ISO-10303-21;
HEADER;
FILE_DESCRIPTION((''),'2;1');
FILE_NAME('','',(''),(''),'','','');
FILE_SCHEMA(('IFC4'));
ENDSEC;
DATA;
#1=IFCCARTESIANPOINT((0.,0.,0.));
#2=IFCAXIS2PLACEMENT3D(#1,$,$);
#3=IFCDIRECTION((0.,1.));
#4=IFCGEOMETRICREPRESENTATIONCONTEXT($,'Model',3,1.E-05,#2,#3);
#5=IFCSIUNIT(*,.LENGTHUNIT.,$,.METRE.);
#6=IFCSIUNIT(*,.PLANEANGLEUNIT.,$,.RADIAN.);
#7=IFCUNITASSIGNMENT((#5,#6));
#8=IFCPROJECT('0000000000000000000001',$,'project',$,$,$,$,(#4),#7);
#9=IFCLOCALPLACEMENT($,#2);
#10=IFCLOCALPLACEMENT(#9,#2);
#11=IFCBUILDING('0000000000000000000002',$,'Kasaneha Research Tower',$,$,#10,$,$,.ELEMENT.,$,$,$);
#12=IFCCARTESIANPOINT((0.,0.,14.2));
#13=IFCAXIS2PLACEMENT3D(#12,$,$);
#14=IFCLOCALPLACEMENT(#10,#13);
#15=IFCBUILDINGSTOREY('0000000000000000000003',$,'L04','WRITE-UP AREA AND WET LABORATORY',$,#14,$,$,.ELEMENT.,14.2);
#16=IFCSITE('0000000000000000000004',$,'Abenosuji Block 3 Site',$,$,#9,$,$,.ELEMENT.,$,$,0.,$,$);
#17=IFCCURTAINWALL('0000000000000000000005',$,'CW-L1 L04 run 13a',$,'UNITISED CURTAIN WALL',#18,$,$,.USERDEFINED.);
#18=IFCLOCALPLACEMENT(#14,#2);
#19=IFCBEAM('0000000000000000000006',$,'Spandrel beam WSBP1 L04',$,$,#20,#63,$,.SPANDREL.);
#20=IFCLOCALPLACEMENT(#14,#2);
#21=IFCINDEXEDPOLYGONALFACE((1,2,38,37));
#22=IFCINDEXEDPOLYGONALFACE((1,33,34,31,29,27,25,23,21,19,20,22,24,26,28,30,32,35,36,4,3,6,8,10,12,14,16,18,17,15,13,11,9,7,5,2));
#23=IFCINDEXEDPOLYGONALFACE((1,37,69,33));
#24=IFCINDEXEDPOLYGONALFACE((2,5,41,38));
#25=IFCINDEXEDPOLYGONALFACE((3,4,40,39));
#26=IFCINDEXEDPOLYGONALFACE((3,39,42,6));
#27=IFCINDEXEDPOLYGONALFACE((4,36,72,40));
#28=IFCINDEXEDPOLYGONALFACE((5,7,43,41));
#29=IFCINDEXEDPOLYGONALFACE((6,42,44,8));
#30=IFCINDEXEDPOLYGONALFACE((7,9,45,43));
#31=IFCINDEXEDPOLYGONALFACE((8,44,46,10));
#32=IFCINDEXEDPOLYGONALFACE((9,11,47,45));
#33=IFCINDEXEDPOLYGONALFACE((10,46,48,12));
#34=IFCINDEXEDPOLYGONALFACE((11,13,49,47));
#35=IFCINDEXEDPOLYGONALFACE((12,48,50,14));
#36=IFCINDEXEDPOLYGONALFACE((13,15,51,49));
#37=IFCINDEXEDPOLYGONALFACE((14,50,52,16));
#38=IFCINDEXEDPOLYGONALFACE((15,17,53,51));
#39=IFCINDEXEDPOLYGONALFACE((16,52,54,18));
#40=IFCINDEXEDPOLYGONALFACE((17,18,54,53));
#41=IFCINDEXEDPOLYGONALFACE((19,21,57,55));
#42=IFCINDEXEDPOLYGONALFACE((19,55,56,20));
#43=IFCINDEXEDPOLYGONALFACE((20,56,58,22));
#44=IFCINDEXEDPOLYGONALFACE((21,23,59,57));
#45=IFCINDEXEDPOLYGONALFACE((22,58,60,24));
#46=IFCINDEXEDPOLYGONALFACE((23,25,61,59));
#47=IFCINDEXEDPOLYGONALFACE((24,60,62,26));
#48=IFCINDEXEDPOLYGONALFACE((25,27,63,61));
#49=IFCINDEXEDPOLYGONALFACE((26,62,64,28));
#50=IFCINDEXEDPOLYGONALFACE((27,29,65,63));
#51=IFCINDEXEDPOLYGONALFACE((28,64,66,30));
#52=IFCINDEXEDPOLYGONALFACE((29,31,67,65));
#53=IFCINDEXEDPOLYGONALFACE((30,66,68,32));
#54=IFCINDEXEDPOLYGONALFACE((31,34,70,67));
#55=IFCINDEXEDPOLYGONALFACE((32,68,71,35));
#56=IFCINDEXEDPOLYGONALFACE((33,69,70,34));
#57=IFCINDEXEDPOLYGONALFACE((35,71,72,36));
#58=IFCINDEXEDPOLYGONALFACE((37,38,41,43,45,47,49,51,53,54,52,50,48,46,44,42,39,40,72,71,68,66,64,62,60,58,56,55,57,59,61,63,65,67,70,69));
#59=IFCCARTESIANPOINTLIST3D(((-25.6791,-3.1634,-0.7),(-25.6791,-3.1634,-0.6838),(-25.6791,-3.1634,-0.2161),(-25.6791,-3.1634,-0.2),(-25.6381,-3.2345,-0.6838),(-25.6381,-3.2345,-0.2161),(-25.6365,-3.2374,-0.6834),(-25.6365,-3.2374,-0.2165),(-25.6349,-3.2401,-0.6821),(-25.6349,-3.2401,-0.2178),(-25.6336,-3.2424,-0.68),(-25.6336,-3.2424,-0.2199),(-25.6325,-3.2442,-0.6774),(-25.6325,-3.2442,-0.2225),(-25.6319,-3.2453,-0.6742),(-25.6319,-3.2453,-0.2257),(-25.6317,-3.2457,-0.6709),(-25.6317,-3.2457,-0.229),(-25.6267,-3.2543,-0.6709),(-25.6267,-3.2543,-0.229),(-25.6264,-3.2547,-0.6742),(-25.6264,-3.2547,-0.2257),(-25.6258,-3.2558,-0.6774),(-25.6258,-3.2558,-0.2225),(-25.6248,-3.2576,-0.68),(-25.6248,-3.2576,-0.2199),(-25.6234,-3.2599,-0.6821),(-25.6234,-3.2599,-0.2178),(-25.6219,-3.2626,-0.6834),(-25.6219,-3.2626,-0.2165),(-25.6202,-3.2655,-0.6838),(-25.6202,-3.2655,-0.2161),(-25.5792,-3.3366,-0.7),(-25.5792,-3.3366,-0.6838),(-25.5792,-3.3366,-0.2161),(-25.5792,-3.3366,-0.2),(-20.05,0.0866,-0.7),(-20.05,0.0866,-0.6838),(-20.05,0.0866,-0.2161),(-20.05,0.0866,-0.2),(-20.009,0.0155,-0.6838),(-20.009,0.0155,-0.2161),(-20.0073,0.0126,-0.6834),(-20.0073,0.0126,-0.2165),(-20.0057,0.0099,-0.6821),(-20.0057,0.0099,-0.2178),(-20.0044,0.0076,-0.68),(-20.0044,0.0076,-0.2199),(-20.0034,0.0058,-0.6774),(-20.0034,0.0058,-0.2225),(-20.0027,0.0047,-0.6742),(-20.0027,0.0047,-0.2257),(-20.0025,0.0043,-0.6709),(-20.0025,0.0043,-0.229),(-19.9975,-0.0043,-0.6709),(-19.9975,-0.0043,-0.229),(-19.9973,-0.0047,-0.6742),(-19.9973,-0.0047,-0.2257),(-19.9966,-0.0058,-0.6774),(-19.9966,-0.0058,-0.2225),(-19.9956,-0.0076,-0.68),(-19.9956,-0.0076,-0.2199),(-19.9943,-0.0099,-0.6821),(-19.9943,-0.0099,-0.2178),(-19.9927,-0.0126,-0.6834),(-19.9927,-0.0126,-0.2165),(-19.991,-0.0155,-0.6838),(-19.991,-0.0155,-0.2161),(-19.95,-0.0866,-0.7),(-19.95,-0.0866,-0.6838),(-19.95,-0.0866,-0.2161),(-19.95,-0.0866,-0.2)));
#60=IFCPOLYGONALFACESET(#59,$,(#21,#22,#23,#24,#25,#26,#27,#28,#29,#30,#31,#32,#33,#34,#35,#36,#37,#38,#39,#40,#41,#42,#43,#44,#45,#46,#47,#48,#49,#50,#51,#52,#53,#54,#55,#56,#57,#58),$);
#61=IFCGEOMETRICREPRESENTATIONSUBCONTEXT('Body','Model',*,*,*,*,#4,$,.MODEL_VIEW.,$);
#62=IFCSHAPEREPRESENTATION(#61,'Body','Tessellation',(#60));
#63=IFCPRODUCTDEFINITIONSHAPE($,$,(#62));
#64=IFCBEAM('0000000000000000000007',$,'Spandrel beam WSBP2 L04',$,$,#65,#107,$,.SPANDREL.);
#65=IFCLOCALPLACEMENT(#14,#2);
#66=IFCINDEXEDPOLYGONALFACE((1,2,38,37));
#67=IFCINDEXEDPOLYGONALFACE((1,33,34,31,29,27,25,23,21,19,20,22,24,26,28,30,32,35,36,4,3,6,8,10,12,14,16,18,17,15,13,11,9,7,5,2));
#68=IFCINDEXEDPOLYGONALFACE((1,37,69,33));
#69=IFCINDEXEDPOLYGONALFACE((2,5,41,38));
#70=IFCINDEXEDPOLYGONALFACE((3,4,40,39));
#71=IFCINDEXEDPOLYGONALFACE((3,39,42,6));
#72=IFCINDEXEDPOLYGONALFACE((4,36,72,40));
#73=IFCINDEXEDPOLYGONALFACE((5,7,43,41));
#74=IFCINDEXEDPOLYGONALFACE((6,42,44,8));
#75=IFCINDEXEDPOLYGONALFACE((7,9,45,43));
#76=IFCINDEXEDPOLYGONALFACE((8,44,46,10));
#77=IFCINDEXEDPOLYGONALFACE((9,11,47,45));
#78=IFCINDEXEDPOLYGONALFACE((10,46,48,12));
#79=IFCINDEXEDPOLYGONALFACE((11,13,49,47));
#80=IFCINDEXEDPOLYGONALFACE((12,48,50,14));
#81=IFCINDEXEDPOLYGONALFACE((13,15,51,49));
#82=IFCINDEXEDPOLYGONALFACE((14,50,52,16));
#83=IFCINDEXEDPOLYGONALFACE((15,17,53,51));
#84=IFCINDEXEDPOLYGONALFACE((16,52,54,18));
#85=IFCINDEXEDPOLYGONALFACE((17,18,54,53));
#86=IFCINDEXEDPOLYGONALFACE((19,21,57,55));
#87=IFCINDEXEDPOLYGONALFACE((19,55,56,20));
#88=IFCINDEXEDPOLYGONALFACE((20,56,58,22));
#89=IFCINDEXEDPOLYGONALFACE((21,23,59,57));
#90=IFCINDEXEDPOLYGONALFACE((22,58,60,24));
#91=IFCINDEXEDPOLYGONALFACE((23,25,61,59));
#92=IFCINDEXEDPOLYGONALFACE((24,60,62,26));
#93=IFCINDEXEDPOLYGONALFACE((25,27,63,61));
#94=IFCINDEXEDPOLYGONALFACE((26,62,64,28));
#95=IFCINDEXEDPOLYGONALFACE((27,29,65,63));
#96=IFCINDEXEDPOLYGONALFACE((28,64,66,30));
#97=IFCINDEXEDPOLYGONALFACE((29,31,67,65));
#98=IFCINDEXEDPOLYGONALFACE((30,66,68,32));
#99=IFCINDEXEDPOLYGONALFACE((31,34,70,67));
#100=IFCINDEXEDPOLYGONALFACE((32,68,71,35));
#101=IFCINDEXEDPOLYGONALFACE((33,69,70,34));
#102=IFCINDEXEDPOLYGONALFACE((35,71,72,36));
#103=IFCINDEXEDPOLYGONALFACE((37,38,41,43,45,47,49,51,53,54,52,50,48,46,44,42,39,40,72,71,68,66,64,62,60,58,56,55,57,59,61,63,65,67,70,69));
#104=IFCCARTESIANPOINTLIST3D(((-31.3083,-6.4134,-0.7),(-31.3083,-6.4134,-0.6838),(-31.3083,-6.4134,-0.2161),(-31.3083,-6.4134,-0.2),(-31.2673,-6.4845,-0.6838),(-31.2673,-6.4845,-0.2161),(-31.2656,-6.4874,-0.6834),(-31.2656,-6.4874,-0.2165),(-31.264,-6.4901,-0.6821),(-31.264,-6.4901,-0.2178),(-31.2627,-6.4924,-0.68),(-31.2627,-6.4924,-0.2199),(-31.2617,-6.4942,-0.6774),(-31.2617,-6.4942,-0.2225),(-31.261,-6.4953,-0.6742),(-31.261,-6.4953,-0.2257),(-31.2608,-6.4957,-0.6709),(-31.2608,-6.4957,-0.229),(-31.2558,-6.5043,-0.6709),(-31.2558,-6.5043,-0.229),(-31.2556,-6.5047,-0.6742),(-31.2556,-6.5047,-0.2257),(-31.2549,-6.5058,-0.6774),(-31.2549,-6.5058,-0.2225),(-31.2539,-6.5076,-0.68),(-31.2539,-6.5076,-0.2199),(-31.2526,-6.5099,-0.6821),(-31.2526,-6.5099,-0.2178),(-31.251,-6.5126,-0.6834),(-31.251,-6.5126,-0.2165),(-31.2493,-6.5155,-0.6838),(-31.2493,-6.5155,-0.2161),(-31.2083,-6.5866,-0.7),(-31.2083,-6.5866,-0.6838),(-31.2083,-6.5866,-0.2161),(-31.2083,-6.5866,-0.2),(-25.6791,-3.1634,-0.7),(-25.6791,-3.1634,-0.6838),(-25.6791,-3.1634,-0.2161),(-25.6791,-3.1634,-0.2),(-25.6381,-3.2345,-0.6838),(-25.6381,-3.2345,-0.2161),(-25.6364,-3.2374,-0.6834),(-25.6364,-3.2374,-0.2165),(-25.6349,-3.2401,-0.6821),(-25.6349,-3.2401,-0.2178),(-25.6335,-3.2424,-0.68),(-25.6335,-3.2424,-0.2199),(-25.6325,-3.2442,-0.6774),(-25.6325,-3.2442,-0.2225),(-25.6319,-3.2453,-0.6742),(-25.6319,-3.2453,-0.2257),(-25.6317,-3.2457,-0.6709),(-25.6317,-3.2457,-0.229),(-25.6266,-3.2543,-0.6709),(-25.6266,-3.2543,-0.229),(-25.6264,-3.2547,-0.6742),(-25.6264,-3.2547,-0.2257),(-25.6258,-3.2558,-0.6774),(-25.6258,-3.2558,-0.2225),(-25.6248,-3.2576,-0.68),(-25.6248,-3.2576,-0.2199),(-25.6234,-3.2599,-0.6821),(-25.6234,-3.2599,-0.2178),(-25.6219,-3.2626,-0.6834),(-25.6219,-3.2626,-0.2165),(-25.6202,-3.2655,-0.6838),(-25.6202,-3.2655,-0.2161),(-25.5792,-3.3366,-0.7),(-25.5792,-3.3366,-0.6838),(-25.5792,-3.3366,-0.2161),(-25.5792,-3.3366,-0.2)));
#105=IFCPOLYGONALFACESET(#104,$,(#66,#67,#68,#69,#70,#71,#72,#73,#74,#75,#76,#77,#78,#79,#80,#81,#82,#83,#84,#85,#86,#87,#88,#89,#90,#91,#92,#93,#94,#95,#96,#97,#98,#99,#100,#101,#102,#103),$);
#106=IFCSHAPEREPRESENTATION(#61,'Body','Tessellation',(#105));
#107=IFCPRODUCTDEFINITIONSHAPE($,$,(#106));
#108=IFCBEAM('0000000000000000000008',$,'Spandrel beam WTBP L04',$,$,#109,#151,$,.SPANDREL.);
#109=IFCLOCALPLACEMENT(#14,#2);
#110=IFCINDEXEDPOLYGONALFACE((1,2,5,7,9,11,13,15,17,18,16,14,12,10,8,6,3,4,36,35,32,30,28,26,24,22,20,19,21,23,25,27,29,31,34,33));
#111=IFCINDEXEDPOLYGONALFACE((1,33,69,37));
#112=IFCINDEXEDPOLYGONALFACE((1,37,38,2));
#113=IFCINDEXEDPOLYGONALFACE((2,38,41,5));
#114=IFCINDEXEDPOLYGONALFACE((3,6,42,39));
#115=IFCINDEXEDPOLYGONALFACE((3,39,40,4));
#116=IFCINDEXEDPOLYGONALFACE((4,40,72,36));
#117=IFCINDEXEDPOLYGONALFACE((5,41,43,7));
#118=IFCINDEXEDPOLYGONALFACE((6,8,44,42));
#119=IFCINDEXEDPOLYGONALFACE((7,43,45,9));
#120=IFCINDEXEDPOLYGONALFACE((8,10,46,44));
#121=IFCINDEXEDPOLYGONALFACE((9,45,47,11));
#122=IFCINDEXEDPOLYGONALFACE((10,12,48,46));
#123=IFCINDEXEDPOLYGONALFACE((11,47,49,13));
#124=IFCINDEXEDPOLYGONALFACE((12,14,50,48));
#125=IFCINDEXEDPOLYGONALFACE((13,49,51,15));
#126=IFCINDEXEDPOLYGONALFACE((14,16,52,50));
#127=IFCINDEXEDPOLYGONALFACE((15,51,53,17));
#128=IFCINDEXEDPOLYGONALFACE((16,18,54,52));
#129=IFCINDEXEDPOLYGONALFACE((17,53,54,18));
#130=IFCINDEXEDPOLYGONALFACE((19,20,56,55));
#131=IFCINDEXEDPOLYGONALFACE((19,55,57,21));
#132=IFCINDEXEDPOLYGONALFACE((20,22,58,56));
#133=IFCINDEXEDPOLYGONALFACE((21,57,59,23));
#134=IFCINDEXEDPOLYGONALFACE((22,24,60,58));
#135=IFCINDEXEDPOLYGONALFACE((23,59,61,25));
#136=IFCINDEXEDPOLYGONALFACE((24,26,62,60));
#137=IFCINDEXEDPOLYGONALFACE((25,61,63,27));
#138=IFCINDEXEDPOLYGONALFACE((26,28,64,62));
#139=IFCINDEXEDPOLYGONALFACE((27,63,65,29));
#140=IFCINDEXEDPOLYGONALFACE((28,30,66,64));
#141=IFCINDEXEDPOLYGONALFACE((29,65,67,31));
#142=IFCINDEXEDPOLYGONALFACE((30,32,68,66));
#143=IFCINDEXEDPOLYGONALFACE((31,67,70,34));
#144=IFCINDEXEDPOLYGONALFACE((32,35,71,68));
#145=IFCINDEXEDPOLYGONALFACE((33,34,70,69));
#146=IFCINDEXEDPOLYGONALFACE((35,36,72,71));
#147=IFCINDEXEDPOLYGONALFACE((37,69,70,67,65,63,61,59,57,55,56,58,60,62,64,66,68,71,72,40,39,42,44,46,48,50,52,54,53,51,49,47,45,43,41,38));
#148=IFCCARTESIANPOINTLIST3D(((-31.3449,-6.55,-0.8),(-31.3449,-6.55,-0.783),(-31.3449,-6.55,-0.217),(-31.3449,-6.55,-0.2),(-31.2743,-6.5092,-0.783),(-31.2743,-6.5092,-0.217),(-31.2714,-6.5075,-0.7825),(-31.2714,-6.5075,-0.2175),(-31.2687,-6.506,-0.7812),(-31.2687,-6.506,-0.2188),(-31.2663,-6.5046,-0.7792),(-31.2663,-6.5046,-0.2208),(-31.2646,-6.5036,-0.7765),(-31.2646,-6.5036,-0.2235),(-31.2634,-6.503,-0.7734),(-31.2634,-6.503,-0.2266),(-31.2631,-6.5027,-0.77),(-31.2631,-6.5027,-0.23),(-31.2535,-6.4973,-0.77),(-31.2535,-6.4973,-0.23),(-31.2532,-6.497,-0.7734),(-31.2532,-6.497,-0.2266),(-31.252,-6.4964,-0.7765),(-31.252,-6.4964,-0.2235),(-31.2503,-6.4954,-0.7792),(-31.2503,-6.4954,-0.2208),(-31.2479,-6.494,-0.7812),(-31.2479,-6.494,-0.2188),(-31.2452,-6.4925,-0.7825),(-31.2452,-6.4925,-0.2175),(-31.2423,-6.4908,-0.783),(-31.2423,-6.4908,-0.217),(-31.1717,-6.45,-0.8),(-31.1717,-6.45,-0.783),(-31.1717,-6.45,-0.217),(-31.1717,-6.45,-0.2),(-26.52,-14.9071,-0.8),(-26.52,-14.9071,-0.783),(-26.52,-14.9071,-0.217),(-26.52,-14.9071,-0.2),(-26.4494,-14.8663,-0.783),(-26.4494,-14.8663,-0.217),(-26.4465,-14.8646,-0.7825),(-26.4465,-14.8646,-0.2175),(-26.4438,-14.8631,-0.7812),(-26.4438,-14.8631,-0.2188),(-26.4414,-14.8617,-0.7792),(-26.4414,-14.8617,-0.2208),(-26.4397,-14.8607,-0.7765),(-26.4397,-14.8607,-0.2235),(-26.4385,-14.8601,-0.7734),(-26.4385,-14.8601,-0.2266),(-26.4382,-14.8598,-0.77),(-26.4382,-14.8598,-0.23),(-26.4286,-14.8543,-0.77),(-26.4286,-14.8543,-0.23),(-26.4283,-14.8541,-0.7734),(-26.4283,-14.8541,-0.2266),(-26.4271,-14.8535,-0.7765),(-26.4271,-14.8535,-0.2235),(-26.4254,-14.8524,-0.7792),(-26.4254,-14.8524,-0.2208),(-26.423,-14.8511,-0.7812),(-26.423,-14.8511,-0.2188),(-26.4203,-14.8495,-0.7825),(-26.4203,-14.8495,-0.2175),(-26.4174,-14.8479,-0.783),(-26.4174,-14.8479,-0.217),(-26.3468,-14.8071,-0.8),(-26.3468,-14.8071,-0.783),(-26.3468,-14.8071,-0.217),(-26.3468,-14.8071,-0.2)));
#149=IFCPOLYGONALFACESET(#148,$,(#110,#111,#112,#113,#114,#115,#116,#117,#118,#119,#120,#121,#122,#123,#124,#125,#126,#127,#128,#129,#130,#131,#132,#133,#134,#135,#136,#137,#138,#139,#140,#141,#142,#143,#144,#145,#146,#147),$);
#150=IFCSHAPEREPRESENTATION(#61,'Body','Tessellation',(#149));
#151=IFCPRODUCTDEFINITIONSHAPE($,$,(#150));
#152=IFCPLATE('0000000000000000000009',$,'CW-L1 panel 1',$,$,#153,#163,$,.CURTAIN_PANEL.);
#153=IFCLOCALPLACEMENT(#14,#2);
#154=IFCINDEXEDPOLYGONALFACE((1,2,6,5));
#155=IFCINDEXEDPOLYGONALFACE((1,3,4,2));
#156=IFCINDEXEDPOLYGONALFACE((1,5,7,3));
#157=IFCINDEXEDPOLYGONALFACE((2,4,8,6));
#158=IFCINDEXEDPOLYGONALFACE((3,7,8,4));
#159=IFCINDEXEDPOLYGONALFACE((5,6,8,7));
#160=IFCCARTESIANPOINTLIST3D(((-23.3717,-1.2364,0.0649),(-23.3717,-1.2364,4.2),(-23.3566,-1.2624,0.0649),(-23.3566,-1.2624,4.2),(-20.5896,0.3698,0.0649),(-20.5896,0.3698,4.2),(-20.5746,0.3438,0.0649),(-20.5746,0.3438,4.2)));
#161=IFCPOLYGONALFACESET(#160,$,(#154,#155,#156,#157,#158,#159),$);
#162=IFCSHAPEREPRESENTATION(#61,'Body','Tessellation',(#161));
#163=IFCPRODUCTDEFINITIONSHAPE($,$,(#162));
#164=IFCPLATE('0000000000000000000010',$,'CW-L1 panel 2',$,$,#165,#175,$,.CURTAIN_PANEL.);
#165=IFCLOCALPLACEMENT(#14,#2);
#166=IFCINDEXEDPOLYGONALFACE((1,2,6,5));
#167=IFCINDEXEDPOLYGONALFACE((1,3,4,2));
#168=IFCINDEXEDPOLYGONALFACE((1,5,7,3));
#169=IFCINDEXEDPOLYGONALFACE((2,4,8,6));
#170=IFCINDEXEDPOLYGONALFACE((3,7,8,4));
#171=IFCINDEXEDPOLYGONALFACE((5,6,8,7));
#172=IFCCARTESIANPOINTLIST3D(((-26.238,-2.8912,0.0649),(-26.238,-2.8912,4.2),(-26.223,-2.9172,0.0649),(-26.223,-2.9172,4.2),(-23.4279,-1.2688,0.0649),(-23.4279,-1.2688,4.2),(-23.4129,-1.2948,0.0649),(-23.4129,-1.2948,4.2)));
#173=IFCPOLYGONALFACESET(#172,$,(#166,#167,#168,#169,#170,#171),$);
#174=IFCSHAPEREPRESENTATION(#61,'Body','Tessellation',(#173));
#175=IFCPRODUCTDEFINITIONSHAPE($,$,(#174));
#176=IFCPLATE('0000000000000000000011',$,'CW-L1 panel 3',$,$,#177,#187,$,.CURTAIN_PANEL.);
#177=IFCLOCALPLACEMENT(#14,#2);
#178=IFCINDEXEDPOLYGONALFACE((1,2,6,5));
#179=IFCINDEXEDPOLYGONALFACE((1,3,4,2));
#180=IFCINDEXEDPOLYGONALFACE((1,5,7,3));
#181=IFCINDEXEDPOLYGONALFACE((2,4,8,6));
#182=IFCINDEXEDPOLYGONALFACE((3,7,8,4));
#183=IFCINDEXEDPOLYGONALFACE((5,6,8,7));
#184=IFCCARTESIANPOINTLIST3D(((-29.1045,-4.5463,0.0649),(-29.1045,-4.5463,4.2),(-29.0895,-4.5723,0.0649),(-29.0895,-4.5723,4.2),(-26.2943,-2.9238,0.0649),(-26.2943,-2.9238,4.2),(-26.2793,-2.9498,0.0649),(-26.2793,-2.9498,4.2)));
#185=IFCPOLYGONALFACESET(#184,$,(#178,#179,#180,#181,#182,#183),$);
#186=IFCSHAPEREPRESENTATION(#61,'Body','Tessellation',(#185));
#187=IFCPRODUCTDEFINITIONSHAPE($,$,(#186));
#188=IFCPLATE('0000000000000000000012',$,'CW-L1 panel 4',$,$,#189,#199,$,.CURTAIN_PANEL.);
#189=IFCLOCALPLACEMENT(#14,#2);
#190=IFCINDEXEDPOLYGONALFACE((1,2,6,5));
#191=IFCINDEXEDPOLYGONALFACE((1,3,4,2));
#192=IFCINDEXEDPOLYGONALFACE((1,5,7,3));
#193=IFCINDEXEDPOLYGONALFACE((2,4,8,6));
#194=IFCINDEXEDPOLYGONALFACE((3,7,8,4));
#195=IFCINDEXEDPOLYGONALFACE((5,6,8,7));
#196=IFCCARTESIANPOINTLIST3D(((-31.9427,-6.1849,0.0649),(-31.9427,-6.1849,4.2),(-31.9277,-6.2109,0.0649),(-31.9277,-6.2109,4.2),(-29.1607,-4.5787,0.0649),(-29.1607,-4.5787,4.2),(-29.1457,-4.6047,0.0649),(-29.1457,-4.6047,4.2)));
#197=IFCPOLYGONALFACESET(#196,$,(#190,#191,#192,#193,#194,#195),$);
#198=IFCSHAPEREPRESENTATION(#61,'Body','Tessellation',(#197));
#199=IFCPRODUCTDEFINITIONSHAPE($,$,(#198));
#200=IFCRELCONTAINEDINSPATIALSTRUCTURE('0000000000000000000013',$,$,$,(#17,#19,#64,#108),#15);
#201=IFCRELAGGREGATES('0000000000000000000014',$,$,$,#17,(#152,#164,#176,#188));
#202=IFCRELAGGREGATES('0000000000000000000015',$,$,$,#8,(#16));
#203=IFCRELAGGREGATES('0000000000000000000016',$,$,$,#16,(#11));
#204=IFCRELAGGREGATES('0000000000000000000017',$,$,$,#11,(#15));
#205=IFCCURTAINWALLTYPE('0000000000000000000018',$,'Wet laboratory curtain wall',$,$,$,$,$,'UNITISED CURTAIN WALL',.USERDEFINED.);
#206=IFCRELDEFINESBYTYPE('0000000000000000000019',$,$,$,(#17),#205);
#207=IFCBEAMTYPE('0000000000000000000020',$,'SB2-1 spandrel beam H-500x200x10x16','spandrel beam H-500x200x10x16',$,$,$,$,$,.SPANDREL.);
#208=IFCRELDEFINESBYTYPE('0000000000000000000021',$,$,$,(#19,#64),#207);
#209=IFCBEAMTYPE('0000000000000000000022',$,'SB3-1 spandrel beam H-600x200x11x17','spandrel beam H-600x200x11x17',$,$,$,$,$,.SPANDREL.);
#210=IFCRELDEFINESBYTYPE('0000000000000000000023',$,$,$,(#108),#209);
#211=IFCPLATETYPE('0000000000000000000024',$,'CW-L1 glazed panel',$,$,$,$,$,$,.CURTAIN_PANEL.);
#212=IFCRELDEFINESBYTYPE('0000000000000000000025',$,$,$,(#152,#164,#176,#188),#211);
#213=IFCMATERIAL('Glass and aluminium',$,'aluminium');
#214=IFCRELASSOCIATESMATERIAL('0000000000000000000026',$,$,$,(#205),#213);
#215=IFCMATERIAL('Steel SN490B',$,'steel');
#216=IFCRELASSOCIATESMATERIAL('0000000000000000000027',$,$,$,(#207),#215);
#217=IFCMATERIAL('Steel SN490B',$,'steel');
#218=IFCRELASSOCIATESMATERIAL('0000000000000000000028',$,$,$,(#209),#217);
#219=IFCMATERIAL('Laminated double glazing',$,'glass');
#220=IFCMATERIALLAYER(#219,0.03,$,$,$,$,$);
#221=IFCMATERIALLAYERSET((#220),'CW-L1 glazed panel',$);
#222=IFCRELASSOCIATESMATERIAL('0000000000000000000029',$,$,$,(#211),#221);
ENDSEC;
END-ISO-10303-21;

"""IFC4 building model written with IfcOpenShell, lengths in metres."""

from ifc_helpers import new_model, si_unit, direction, frame, origin, origin_2d, place, context, subcontext, project, spatial, rectangle, i_section, extrude, material, layer, layer_set, material_profile, profile_set, type_object, element, aggregate, save


model = new_model("IFC4")

# Units and contexts
model_context = context("Model", 3, precision=1e-05, world=origin(), true_north=direction((0.0, 1.0)))
body_context = subcontext(model_context, "Body", "Model", "MODEL_VIEW")
ifc_project = project(units=[si_unit("LENGTHUNIT", "METRE"), si_unit("PLANEANGLEUNIT", "RADIAN")], contexts=[model_context])

# Site, building, storey
site_placement = place(None, origin())
site = spatial("IfcSite", under=ifc_project, at=site_placement, Name="Abenosuji Block 3 Site", CompositionType="ELEMENT", RefElevation=0.0)
building_placement = place(site_placement, origin())
building = spatial("IfcBuilding", under=site, at=building_placement, Name="Kasaneha Research Tower", CompositionType="ELEMENT")
storey_placement = place(building_placement, frame((0.0, 0.0, 14.2)))
storey = spatial("IfcBuildingStorey", under=building, at=storey_placement, Name="L04", Description="WRITE-UP AREA AND WET LABORATORY", CompositionType="ELEMENT", Elevation=14.2)

# Curtain wall
ifc_material_1 = material(Name="Glass and aluminium", Category="aluminium")
curtain_wall_type = type_object("IfcCurtainWallType", Name="Wet laboratory curtain wall", ElementType="UNITISED CURTAIN WALL", PredefinedType="USERDEFINED", material=ifc_material_1)
curtain_wall_1_placement = place(storey_placement, origin())
curtain_wall_1 = element("IfcCurtainWall", 1, at=curtain_wall_1_placement, inside=storey, type_object=curtain_wall_type, Name="CW-L1 L04 run 13a", ObjectType="UNITISED CURTAIN WALL", PredefinedType="USERDEFINED")

# Beams
ifc_material_2 = material(Name="Steel SN490B", Category="steel")
ifc_material_profile_1 = material_profile(ifc_material_2, i_section(OverallWidth=0.2, OverallDepth=0.5, WebThickness=0.01, FlangeThickness=0.0161, FilletRadius=0.0129, at=origin_2d()), Name="H-500x200x10x16")
ifc_profile_set_1 = profile_set([ifc_material_profile_1], Name="Steel SN490B")
beam_type_1 = type_object("IfcBeamType", Name="SB2-1 spandrel beam H-500x200x10x16", Description="spandrel beam H-500x200x10x16", PredefinedType="SPANDREL", material=ifc_profile_set_1)
for number, where, z_axis, x_axis, name in (
    (2, (-20.0, 0.0, -0.45), (-0.866025, -0.500001, 0.0), (0.500001, -0.866025, 0.0), "Spandrel beam WSBP1 L04"),
    (3, (-25.6292, -3.25, -0.45), (-0.866025, -0.500001, 0.0), (0.500001, -0.866025, 0.0), "Spandrel beam WSBP2 L04"),
):
    element("IfcBeam", number, at=place(storey_placement, frame(where, z_axis=z_axis, x_axis=x_axis)), inside=storey, type_object=beam_type_1, Name=name, PredefinedType="SPANDREL", context=body_context, shape_type="SweptSolid", body=[
        extrude(i_section(OverallWidth=0.2, OverallDepth=0.5, WebThickness=0.01, FlangeThickness=0.0161, FilletRadius=0.0129, at=origin_2d()), origin(), (0.0, 0.0, 1.0), 6.5),
    ])
ifc_material_3 = material(Name="Steel SN490B", Category="steel")
ifc_material_profile_2 = material_profile(ifc_material_3, i_section(OverallWidth=0.2, OverallDepth=0.6001, WebThickness=0.011, FlangeThickness=0.0171, FilletRadius=0.0129, at=origin_2d()), Name="H-600x200x11x17")
ifc_profile_set_2 = profile_set([ifc_material_profile_2], Name="Steel SN490B")
beam_type_2 = type_object("IfcBeamType", Name="SB3-1 spandrel beam H-600x200x11x17", Description="spandrel beam H-600x200x11x17", PredefinedType="SPANDREL", material=ifc_profile_set_2)
beam_1_placement = place(storey_placement, frame((-31.2583, -6.5, -0.5), z_axis=(0.499995, -0.866028, 0.0), x_axis=(0.866028, 0.499995, 0.0)))
element("IfcBeam", 4, at=beam_1_placement, inside=storey, type_object=beam_type_2, Name="Spandrel beam WTBP L04", PredefinedType="SPANDREL", context=body_context, shape_type="SweptSolid", body=[
    extrude(i_section(OverallWidth=0.2, OverallDepth=0.6001, WebThickness=0.011, FlangeThickness=0.0171, FilletRadius=0.0129, at=origin_2d()), origin(), (0.0, 0.0, 1.0), 9.6499),
])

# Plates
ifc_material_4 = material(Name="Laminated double glazing", Category="glass")
ifc_layer_1 = layer(ifc_material_4, 0.03)
ifc_layer_set_1 = layer_set([ifc_layer_1], Name="CW-L1 glazed panel")
plate_type = type_object("IfcPlateType", Name="CW-L1 glazed panel", PredefinedType="CURTAIN_PANEL", material=ifc_layer_set_1)
plate_1_placement = place(storey_placement, frame((-21.9731, -0.4463, 0.0649), z_axis=(0.0, 0.0, 1.0), x_axis=(-0.866025, -0.5, 0.0)))
plate_1 = element("IfcPlate", 5, at=plate_1_placement, type_object=plate_type, Name="CW-L1 panel 1", PredefinedType="CURTAIN_PANEL", context=body_context, shape_type="SweptSolid", body=[
    extrude(rectangle(XDim=3.2124, YDim=0.03, at=origin_2d()), origin(), (0.0, 0.0, 1.0), 4.135),
])
plate_2_placement = place(storey_placement, frame((-24.8254, -2.093, 0.0649), z_axis=(0.0, 0.0, 1.0), x_axis=(-0.866025, -0.5, 0.0)))
plate_2 = element("IfcPlate", 6, at=plate_2_placement, type_object=plate_type, Name="CW-L1 panel 2", PredefinedType="CURTAIN_PANEL", context=body_context, shape_type="SweptSolid", body=[
    extrude(rectangle(XDim=3.2449, YDim=0.03, at=origin_2d()), origin(), (0.0, 0.0, 1.0), 4.135),
])
plate_3_placement = place(storey_placement, frame((-27.6919, -3.748, 0.0649), z_axis=(0.0, 0.0, 1.0), x_axis=(-0.866025, -0.5, 0.0)))
plate_3 = element("IfcPlate", 7, at=plate_3_placement, type_object=plate_type, Name="CW-L1 panel 3", PredefinedType="CURTAIN_PANEL", context=body_context, shape_type="SweptSolid", body=[
    extrude(rectangle(XDim=3.2449, YDim=0.03, at=origin_2d()), origin(), (0.0, 0.0, 1.0), 4.135),
])
plate_4_placement = place(storey_placement, frame((-30.5442, -5.3948, 0.0649), z_axis=(0.0, 0.0, 1.0), x_axis=(-0.866025, -0.5, 0.0)))
plate_4 = element("IfcPlate", 8, at=plate_4_placement, type_object=plate_type, Name="CW-L1 panel 4", PredefinedType="CURTAIN_PANEL", context=body_context, shape_type="SweptSolid", body=[
    extrude(rectangle(XDim=3.2124, YDim=0.03, at=origin_2d()), origin(), (0.0, 0.0, 1.0), 4.135),
])
aggregate(curtain_wall_1, [plate_1, plate_2, plate_3, plate_4])

save(model, "model.ifc")
